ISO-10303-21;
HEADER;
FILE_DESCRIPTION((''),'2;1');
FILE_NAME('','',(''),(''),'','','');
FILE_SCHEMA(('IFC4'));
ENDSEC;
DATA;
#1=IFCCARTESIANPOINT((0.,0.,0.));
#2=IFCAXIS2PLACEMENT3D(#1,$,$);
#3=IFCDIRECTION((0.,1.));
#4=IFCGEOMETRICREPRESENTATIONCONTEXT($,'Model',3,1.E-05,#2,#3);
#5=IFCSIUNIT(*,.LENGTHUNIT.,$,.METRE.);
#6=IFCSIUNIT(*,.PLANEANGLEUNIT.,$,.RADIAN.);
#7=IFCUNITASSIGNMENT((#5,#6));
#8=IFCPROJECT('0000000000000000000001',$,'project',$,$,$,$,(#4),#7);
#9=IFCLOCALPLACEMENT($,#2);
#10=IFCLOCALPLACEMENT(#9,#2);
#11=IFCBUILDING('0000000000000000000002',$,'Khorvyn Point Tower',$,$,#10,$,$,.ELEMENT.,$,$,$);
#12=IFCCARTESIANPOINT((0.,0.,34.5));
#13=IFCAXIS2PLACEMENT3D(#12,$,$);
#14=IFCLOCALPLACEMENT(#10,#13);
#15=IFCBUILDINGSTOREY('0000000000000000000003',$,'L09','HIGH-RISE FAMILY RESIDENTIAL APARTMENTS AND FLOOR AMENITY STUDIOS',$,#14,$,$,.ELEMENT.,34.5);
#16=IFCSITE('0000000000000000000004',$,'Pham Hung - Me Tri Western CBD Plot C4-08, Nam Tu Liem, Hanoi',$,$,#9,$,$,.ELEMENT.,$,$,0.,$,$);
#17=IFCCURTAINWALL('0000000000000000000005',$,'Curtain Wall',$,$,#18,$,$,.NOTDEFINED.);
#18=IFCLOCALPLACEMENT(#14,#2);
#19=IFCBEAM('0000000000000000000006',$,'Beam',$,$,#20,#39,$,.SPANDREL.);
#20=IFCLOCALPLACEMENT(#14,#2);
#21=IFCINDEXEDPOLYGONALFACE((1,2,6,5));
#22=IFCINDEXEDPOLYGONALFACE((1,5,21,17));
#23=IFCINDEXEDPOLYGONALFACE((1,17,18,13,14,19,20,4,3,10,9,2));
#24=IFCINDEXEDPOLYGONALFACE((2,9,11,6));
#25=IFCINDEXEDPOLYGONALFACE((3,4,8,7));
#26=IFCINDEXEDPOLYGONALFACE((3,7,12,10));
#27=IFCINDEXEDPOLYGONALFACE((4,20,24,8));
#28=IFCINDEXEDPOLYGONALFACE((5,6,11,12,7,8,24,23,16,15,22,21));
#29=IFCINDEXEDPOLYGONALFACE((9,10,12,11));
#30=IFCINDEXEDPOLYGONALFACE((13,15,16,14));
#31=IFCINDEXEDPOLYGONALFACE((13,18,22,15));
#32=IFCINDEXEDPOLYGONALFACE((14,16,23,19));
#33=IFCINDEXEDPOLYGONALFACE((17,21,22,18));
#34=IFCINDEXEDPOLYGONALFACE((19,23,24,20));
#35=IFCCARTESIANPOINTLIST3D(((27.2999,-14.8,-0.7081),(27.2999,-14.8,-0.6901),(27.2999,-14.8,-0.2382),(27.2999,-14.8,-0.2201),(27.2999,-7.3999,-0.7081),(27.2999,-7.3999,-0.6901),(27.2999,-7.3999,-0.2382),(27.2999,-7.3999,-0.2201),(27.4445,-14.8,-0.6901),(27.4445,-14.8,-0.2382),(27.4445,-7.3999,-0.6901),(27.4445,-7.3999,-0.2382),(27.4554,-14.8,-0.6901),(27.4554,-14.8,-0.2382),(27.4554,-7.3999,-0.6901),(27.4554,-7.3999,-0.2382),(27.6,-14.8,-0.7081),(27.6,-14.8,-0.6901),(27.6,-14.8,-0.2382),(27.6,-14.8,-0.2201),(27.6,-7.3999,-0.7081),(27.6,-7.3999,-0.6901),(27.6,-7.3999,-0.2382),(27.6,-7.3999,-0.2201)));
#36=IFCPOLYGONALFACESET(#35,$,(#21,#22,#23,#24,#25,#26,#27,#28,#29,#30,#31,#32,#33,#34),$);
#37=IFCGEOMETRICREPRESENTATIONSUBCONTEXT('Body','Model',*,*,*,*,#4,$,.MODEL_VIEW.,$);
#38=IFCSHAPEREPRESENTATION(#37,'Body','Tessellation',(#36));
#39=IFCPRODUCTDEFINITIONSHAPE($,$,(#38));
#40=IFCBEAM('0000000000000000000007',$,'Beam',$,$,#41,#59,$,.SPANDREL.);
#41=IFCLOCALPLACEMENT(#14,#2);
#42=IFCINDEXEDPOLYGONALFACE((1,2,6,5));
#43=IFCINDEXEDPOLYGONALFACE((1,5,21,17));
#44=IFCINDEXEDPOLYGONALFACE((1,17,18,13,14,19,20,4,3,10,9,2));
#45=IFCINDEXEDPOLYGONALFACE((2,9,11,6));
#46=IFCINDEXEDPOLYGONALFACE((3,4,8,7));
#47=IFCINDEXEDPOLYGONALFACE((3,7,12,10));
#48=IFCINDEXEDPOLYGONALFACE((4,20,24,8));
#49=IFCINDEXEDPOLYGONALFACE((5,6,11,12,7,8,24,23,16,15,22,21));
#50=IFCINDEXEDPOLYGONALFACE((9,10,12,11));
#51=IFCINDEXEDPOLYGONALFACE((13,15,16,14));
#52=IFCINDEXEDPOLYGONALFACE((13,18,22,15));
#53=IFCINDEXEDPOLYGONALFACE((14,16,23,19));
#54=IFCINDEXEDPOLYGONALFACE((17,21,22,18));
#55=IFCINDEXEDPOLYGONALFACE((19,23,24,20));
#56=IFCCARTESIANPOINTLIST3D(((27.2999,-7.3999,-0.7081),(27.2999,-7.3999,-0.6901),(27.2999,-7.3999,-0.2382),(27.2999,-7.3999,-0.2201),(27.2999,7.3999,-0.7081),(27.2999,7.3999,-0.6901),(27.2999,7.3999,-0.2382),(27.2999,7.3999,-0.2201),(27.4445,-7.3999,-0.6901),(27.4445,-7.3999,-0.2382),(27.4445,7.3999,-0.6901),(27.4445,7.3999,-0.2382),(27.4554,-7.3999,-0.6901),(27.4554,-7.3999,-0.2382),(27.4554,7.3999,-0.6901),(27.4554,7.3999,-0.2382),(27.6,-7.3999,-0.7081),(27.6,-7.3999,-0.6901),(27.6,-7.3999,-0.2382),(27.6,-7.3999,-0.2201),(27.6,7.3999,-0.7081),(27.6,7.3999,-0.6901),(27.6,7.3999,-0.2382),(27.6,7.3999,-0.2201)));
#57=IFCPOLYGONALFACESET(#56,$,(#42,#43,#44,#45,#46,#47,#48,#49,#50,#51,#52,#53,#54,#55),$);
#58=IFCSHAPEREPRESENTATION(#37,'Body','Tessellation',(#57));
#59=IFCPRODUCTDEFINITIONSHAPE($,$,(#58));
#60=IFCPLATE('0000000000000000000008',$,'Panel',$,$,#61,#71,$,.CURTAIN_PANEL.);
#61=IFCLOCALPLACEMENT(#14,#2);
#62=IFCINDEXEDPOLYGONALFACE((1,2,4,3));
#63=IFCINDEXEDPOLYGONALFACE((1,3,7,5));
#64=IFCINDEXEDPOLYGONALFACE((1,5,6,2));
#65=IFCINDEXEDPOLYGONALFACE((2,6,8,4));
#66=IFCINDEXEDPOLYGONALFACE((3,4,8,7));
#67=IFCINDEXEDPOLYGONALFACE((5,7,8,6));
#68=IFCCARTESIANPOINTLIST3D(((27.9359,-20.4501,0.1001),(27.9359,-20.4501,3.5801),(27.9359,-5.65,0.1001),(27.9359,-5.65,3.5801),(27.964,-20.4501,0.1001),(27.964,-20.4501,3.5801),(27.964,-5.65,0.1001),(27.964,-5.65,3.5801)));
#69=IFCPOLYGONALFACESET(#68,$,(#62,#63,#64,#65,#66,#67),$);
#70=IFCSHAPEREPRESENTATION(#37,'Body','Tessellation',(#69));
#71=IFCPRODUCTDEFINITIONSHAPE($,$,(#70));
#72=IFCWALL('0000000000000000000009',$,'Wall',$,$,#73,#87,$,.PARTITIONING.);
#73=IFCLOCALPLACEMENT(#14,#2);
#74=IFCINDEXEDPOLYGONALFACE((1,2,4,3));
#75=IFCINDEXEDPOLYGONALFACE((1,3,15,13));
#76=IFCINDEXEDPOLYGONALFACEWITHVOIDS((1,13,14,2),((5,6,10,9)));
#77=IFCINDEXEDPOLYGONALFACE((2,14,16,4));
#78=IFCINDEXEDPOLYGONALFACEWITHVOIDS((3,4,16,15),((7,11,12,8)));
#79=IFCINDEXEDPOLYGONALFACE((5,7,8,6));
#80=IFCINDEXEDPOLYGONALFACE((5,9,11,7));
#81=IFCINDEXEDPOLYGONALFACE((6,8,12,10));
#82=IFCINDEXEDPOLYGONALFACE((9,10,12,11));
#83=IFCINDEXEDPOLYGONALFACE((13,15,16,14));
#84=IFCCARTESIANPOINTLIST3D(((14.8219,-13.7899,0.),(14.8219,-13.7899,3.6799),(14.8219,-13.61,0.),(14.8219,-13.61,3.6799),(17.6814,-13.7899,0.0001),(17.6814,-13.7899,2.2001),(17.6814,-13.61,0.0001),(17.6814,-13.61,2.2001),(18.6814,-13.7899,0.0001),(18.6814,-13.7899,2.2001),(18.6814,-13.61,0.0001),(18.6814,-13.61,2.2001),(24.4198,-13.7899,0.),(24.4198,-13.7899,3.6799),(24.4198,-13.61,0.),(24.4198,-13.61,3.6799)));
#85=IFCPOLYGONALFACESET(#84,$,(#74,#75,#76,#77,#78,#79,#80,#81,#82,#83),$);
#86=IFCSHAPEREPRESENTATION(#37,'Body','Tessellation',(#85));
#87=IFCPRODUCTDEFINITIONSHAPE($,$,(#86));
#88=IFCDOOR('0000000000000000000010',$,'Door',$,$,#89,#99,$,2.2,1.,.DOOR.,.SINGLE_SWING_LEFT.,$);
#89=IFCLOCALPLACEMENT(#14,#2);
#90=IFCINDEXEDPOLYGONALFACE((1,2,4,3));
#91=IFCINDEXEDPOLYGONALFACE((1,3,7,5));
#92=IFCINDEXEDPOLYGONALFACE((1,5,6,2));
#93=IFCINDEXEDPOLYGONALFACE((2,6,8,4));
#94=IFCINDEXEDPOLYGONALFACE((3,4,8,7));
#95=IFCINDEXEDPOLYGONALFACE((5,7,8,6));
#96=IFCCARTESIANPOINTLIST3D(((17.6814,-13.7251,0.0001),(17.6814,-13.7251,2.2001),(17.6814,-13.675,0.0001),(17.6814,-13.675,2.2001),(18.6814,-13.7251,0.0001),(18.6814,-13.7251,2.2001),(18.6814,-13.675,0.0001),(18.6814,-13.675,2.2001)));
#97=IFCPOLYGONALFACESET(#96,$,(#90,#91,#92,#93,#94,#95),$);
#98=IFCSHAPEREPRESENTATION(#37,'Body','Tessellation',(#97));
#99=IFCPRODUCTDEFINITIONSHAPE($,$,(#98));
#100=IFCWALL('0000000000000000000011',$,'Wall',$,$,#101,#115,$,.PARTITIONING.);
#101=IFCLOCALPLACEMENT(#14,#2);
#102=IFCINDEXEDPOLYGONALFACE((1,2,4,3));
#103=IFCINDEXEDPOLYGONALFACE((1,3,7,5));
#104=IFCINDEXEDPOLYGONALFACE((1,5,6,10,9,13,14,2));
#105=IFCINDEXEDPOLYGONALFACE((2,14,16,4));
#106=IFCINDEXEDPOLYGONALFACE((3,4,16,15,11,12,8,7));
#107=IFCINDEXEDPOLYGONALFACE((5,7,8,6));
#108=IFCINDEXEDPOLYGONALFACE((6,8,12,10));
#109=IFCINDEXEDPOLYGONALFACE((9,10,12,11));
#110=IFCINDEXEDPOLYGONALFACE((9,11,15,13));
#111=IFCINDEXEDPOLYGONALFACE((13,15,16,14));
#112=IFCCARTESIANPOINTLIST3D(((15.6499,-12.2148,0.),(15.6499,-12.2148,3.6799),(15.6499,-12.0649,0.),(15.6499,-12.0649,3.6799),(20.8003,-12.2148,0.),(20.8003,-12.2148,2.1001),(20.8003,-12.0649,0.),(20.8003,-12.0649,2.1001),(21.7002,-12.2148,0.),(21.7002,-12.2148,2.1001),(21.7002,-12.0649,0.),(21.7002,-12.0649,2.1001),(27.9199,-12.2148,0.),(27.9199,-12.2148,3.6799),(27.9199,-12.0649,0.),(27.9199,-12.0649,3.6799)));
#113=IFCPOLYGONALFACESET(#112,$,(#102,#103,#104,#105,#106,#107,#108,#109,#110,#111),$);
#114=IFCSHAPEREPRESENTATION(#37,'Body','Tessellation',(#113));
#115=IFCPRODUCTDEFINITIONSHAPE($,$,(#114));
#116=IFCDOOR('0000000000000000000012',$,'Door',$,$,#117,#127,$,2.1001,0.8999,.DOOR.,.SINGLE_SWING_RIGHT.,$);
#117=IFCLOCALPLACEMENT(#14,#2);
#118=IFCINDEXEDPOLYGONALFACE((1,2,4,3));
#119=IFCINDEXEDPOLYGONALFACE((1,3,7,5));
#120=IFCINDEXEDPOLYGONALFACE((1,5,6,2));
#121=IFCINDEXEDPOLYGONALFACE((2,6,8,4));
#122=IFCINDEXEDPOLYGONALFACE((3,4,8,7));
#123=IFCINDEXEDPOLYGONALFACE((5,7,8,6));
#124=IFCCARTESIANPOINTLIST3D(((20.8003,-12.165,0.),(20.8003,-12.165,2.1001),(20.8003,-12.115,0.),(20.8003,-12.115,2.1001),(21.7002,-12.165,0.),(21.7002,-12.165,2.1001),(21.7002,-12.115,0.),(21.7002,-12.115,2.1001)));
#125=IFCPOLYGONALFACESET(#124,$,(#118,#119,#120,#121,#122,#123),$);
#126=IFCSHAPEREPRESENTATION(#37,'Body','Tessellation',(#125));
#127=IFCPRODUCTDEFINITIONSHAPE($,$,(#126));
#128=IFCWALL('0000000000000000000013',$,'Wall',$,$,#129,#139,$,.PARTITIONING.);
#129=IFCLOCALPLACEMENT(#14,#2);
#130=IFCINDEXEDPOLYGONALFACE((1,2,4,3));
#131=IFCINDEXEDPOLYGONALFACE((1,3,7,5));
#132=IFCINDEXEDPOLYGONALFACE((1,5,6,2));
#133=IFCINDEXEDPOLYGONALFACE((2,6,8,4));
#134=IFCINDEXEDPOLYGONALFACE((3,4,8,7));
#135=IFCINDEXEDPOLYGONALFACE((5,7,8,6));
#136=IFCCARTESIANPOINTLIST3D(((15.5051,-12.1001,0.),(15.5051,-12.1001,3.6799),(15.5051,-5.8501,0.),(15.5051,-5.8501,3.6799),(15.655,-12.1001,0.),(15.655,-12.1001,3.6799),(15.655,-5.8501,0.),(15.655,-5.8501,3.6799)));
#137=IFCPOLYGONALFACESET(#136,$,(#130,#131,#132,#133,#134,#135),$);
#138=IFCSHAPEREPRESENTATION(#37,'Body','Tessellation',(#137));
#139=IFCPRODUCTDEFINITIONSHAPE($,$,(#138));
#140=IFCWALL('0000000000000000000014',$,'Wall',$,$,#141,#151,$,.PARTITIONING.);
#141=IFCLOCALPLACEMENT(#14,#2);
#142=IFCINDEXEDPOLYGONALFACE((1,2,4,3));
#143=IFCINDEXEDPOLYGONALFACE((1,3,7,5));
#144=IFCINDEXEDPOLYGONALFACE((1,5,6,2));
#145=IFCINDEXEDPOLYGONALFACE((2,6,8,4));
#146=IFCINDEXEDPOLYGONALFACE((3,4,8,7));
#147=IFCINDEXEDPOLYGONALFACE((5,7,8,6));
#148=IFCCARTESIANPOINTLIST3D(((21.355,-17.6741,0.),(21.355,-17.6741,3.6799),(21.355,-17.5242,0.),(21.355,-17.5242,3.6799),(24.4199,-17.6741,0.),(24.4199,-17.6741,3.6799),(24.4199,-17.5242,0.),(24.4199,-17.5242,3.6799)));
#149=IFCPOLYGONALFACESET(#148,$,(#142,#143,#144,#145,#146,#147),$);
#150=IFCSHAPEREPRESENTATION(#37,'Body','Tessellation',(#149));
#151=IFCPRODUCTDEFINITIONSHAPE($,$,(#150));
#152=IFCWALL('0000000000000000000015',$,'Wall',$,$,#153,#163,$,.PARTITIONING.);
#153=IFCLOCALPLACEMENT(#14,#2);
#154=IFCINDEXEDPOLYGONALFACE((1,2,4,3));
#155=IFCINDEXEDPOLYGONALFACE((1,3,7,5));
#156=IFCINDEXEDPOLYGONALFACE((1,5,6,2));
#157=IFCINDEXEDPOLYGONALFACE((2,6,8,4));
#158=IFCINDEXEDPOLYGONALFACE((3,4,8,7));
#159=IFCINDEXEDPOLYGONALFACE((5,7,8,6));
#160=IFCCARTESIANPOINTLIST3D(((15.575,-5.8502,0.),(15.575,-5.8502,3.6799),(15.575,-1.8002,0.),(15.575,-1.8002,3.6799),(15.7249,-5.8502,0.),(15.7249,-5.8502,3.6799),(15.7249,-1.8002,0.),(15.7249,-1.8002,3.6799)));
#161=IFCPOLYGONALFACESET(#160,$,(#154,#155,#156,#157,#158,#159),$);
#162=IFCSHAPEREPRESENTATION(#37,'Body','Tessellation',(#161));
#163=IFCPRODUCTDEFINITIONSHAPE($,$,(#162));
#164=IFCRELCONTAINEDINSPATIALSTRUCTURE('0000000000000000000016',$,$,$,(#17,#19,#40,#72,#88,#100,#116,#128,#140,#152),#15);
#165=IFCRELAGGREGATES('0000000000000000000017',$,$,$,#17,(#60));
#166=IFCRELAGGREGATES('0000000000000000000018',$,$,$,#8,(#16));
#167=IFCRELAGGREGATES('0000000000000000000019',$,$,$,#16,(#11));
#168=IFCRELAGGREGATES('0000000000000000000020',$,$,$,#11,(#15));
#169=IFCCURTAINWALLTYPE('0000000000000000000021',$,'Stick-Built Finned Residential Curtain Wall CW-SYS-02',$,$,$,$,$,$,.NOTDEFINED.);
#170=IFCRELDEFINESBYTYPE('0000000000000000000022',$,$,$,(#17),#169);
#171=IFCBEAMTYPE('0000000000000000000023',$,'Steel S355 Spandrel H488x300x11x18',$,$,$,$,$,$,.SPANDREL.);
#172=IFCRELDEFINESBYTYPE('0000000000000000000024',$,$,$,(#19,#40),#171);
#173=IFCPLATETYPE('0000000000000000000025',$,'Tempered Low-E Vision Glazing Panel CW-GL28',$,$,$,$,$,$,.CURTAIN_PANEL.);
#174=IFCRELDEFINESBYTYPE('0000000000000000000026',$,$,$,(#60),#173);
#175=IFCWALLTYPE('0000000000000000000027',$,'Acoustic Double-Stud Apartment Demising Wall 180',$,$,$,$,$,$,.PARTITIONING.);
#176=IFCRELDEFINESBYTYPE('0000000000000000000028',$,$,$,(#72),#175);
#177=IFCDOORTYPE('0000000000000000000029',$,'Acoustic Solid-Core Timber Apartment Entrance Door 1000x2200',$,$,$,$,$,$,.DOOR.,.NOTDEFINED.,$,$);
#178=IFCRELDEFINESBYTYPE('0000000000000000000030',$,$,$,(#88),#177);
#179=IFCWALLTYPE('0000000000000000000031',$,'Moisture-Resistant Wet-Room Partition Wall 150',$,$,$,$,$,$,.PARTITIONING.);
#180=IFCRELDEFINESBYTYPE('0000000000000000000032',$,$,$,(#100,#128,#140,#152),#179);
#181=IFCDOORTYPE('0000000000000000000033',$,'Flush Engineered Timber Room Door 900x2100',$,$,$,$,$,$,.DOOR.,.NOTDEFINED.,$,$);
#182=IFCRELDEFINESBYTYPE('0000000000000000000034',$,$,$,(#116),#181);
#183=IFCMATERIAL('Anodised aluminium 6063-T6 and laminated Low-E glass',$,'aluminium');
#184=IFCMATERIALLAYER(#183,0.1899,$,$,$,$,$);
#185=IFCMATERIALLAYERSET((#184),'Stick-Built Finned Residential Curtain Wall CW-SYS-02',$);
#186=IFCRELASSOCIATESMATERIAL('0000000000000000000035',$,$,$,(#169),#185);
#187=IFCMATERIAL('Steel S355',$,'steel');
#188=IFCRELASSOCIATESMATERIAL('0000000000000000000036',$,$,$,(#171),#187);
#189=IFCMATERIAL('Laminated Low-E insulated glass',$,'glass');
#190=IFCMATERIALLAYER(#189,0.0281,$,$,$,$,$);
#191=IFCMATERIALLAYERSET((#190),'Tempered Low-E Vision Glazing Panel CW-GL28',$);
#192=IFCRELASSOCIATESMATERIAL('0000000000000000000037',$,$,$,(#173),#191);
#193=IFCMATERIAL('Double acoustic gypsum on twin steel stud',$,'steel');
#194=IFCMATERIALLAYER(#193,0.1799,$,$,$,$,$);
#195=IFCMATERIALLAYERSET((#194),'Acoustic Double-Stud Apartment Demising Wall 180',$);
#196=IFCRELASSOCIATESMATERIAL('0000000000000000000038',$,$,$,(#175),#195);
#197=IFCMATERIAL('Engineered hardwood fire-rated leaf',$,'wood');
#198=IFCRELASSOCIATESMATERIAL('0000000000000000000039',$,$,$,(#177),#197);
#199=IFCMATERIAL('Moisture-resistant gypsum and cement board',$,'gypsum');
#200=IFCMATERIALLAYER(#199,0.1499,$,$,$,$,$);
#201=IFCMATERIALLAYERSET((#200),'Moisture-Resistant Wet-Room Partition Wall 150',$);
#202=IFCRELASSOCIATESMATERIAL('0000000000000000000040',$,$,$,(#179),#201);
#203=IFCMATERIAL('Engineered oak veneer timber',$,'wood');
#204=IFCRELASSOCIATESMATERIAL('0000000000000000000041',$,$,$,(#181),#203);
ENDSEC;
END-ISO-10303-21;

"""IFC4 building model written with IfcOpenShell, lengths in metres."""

from ifc_helpers import new_model, si_unit, direction, frame, frame_2d, origin, origin_2d, place, context, subcontext, project, spatial, rectangle, i_section, extrude, material, layer, layer_set, material_profile, profile_set, type_object, element, fill, aggregate, save


model = new_model("IFC4")

# Units and contexts
model_context = context("Model", 3, precision=1e-05, world=origin(), true_north=direction((0.0, 1.0)))
body_context = subcontext(model_context, "Body", "Model", "MODEL_VIEW")
ifc_project = project(units=[si_unit("LENGTHUNIT", "METRE"), si_unit("PLANEANGLEUNIT", "RADIAN")], contexts=[model_context])

# Site, building, storey
site_placement = place(None, origin())
site = spatial("IfcSite", under=ifc_project, at=site_placement, Name="Pham Hung - Me Tri Western CBD Plot C4-08, Nam Tu Liem, Hanoi", CompositionType="ELEMENT", RefElevation=0.0)
building_placement = place(site_placement, origin())
building = spatial("IfcBuilding", under=site, at=building_placement, Name="Khorvyn Point Tower", CompositionType="ELEMENT")
storey_placement = place(building_placement, frame((0.0, 0.0, 34.5)))
storey = spatial("IfcBuildingStorey", under=building, at=storey_placement, Name="L09", Description="HIGH-RISE FAMILY RESIDENTIAL APARTMENTS AND FLOOR AMENITY STUDIOS", CompositionType="ELEMENT", Elevation=34.5)

# Curtain wall
ifc_material_1 = material(Name="Anodised aluminium 6063-T6 and laminated Low-E glass", Category="aluminium")
ifc_layer_1 = layer(ifc_material_1, 0.1899)
ifc_layer_set_1 = layer_set([ifc_layer_1], Name="Stick-Built Finned Residential Curtain Wall CW-SYS-02")
curtain_wall_type = type_object("IfcCurtainWallType", Name="Stick-Built Finned Residential Curtain Wall CW-SYS-02", PredefinedType="NOTDEFINED", material=ifc_layer_set_1)
curtain_wall_placement = place(storey_placement, origin())
curtain_wall = element("IfcCurtainWall", 1, at=curtain_wall_placement, inside=storey, type_object=curtain_wall_type, Name="Curtain Wall", PredefinedType="NOTDEFINED")

# Beams
ifc_material_2 = material(Name="Steel S355", Category="steel")
ifc_material_profile_1 = material_profile(ifc_material_2, i_section(OverallWidth=0.3, OverallDepth=0.488, WebThickness=0.011, FlangeThickness=0.0181, at=origin_2d()))
ifc_profile_set_1 = profile_set([ifc_material_profile_1], Name="Steel S355 H488x300x11x18")
beam_type_1 = type_object("IfcBeamType", Name="Steel S355 Spandrel H488x300x11x18", PredefinedType="SPANDREL", material=ifc_profile_set_1)
beam_1_placement = place(storey_placement, frame((27.45, -14.8, -0.4641), z_axis=(0.0, 1.0, 0.0), x_axis=(-1.0, 0.0, 0.0)))
element("IfcBeam", 2, at=beam_1_placement, inside=storey, type_object=beam_type_1, Name="Beam", PredefinedType="SPANDREL", context=body_context, shape_type="SweptSolid", body=[
    extrude(i_section(OverallWidth=0.3, OverallDepth=0.488, WebThickness=0.011, FlangeThickness=0.0181, at=origin_2d()), origin(), (0.0, 0.0, 1.0), 7.4001),
])
beam_2_placement = place(storey_placement, frame((27.45, -7.3999, -0.4641), z_axis=(0.0, 1.0, 0.0), x_axis=(-1.0, 0.0, 0.0)))
element("IfcBeam", 3, at=beam_2_placement, inside=storey, type_object=beam_type_1, Name="Beam", PredefinedType="SPANDREL", context=body_context, shape_type="SweptSolid", body=[
    extrude(i_section(OverallWidth=0.3, OverallDepth=0.488, WebThickness=0.011, FlangeThickness=0.0181, at=origin_2d()), origin(), (0.0, 0.0, 1.0), 14.7998),
])

# Plate
ifc_material_3 = material(Name="Laminated Low-E insulated glass", Category="glass")
ifc_layer_2 = layer(ifc_material_3, 0.0281)
ifc_layer_set_2 = layer_set([ifc_layer_2], Name="Tempered Low-E Vision Glazing Panel CW-GL28")
plate_type = type_object("IfcPlateType", Name="Tempered Low-E Vision Glazing Panel CW-GL28", PredefinedType="CURTAIN_PANEL", material=ifc_layer_set_2)
plate_placement = place(storey_placement, frame((27.95, -13.05, 0.1001), z_axis=(0.0, 0.0, 1.0), x_axis=(0.0, -1.0, 0.0)))
plate = element("IfcPlate", 4, at=plate_placement, type_object=plate_type, Name="Panel", PredefinedType="CURTAIN_PANEL", context=body_context, shape_type="SweptSolid", body=[
    extrude(rectangle(XDim=14.8, YDim=0.0281, at=origin_2d()), origin(), (0.0, 0.0, 1.0), 3.48),
])
aggregate(curtain_wall, [plate])

# Walls, openings, doors
ifc_material_4 = material(Name="Double acoustic gypsum on twin steel stud", Category="steel")
ifc_layer_3 = layer(ifc_material_4, 0.1799)
ifc_layer_set_3 = layer_set([ifc_layer_3], Name="Acoustic Double-Stud Apartment Demising Wall 180")
wall_type_1 = type_object("IfcWallType", Name="Acoustic Double-Stud Apartment Demising Wall 180", PredefinedType="PARTITIONING", material=ifc_layer_set_3)
wall_1_placement = place(storey_placement, frame((14.822, -13.7, 0.0), z_axis=(0.0, 0.0, 1.0), x_axis=(1.0, 0.0, 0.0)))
wall_1 = element("IfcWall", 5, at=wall_1_placement, inside=storey, type_object=wall_type_1, Name="Wall", PredefinedType="PARTITIONING", context=body_context, shape_type="SweptSolid", body=[
    extrude(rectangle(XDim=9.5979, YDim=0.1799, at=frame_2d((4.7988, 0.0))), origin(), (0.0, 0.0, 1.0), 3.6799),
])
opening_1_placement = place(wall_1_placement, frame((2.8594, 0.0, 0.0)))
opening_1 = element("IfcOpeningElement", 6, at=opening_1_placement, cuts=wall_1, PredefinedType="OPENING", context=body_context, shape_type="SweptSolid", body=[
    extrude(rectangle(XDim=1.0, YDim=2.2, at=frame_2d((0.5, 1.1001))), frame((0.0, 0.0999, 0.0), z_axis=(0.0, -1.0, 0.0), x_axis=(1.0, 0.0, 0.0)), (0.0, 0.0, 1.0), 0.2),
])
ifc_material_5 = material(Name="Engineered hardwood fire-rated leaf", Category="wood")
door_type_1 = type_object("IfcDoorType", Name="Acoustic Solid-Core Timber Apartment Entrance Door 1000x2200", OperationType="NOTDEFINED", PredefinedType="DOOR", material=ifc_material_5)
door_1_placement = place(opening_1_placement, origin())
door_1 = element("IfcDoor", 7, at=door_1_placement, inside=storey, type_object=door_type_1, Name="Door", OperationType="SINGLE_SWING_LEFT", OverallHeight=2.2, OverallWidth=1.0, PredefinedType="DOOR", context=body_context, shape_type="SweptSolid", body=[
    extrude(rectangle(XDim=1.0, YDim=2.2, at=frame_2d((0.5, 1.1001))), frame((0.0, 0.0249, 0.0), z_axis=(0.0, -1.0, 0.0), x_axis=(1.0, 0.0, 0.0)), (0.0, 0.0, 1.0), 0.05),
])
fill(opening_1, door_1)
ifc_material_6 = material(Name="Moisture-resistant gypsum and cement board", Category="gypsum")
ifc_layer_4 = layer(ifc_material_6, 0.1499)
ifc_layer_set_4 = layer_set([ifc_layer_4], Name="Moisture-Resistant Wet-Room Partition Wall 150")
wall_type_2 = type_object("IfcWallType", Name="Moisture-Resistant Wet-Room Partition Wall 150", PredefinedType="PARTITIONING", material=ifc_layer_set_4)
wall_2_placement = place(storey_placement, frame((15.6499, -12.1399, 0.0), z_axis=(0.0, 0.0, 1.0), x_axis=(1.0, 0.0, 0.0)))
wall_2 = element("IfcWall", 8, at=wall_2_placement, inside=storey, type_object=wall_type_2, Name="Wall", PredefinedType="PARTITIONING", context=body_context, shape_type="SweptSolid", body=[
    extrude(rectangle(XDim=12.27, YDim=0.1499, at=frame_2d((6.135, 0.0))), origin(), (0.0, 0.0, 1.0), 3.6799),
])
opening_2_placement = place(wall_2_placement, frame((5.1504, 0.0, 0.0)))
opening_2 = element("IfcOpeningElement", 9, at=opening_2_placement, cuts=wall_2, PredefinedType="OPENING", context=body_context, shape_type="SweptSolid", body=[
    extrude(rectangle(XDim=0.8999, YDim=2.1001, at=frame_2d((0.45, 1.05))), frame((0.0, 0.085, 0.0), z_axis=(0.0, -1.0, 0.0), x_axis=(1.0, 0.0, 0.0)), (0.0, 0.0, 1.0), 0.1699),
])
ifc_material_7 = material(Name="Engineered oak veneer timber", Category="wood")
door_type_2 = type_object("IfcDoorType", Name="Flush Engineered Timber Room Door 900x2100", OperationType="NOTDEFINED", PredefinedType="DOOR", material=ifc_material_7)
door_2_placement = place(opening_2_placement, origin())
door_2 = element("IfcDoor", 10, at=door_2_placement, inside=storey, type_object=door_type_2, Name="Door", OperationType="SINGLE_SWING_RIGHT", OverallHeight=2.1001, OverallWidth=0.8999, PredefinedType="DOOR", context=body_context, shape_type="SweptSolid", body=[
    extrude(rectangle(XDim=0.8999, YDim=2.1001, at=frame_2d((0.45, 1.05))), frame((0.0, 0.0249, 0.0), z_axis=(0.0, -1.0, 0.0), x_axis=(1.0, 0.0, 0.0)), (0.0, 0.0, 1.0), 0.05),
])
fill(opening_2, door_2)

# Walls
wall_3_placement = place(storey_placement, frame((15.5801, -12.1001, 0.0), z_axis=(0.0, 0.0, 1.0), x_axis=(0.0, 1.0, 0.0)))
element("IfcWall", 11, at=wall_3_placement, inside=storey, type_object=wall_type_2, Name="Wall", PredefinedType="PARTITIONING", context=body_context, shape_type="SweptSolid", body=[
    extrude(rectangle(XDim=6.25, YDim=0.1499, at=frame_2d((3.125, 0.0))), origin(), (0.0, 0.0, 1.0), 3.6799),
])
wall_4_placement = place(storey_placement, frame((21.355, -17.5991, 0.0), z_axis=(0.0, 0.0, 1.0), x_axis=(1.0, 0.0, 0.0)))
element("IfcWall", 12, at=wall_4_placement, inside=storey, type_object=wall_type_2, Name="Wall", PredefinedType="PARTITIONING", context=body_context, shape_type="SweptSolid", body=[
    extrude(rectangle(XDim=3.0649, YDim=0.1499, at=frame_2d((1.5325, 0.0))), origin(), (0.0, 0.0, 1.0), 3.6799),
])
wall_5_placement = place(storey_placement, frame((15.6499, -5.8501, 0.0), z_axis=(0.0, 0.0, 1.0), x_axis=(0.0, 1.0, 0.0)))
element("IfcWall", 13, at=wall_5_placement, inside=storey, type_object=wall_type_2, Name="Wall", PredefinedType="PARTITIONING", context=body_context, shape_type="SweptSolid", body=[
    extrude(rectangle(XDim=4.05, YDim=0.1499, at=frame_2d((2.0249, 0.0))), origin(), (0.0, 0.0, 1.0), 3.6799),
])

save(model, "model.ifc")
